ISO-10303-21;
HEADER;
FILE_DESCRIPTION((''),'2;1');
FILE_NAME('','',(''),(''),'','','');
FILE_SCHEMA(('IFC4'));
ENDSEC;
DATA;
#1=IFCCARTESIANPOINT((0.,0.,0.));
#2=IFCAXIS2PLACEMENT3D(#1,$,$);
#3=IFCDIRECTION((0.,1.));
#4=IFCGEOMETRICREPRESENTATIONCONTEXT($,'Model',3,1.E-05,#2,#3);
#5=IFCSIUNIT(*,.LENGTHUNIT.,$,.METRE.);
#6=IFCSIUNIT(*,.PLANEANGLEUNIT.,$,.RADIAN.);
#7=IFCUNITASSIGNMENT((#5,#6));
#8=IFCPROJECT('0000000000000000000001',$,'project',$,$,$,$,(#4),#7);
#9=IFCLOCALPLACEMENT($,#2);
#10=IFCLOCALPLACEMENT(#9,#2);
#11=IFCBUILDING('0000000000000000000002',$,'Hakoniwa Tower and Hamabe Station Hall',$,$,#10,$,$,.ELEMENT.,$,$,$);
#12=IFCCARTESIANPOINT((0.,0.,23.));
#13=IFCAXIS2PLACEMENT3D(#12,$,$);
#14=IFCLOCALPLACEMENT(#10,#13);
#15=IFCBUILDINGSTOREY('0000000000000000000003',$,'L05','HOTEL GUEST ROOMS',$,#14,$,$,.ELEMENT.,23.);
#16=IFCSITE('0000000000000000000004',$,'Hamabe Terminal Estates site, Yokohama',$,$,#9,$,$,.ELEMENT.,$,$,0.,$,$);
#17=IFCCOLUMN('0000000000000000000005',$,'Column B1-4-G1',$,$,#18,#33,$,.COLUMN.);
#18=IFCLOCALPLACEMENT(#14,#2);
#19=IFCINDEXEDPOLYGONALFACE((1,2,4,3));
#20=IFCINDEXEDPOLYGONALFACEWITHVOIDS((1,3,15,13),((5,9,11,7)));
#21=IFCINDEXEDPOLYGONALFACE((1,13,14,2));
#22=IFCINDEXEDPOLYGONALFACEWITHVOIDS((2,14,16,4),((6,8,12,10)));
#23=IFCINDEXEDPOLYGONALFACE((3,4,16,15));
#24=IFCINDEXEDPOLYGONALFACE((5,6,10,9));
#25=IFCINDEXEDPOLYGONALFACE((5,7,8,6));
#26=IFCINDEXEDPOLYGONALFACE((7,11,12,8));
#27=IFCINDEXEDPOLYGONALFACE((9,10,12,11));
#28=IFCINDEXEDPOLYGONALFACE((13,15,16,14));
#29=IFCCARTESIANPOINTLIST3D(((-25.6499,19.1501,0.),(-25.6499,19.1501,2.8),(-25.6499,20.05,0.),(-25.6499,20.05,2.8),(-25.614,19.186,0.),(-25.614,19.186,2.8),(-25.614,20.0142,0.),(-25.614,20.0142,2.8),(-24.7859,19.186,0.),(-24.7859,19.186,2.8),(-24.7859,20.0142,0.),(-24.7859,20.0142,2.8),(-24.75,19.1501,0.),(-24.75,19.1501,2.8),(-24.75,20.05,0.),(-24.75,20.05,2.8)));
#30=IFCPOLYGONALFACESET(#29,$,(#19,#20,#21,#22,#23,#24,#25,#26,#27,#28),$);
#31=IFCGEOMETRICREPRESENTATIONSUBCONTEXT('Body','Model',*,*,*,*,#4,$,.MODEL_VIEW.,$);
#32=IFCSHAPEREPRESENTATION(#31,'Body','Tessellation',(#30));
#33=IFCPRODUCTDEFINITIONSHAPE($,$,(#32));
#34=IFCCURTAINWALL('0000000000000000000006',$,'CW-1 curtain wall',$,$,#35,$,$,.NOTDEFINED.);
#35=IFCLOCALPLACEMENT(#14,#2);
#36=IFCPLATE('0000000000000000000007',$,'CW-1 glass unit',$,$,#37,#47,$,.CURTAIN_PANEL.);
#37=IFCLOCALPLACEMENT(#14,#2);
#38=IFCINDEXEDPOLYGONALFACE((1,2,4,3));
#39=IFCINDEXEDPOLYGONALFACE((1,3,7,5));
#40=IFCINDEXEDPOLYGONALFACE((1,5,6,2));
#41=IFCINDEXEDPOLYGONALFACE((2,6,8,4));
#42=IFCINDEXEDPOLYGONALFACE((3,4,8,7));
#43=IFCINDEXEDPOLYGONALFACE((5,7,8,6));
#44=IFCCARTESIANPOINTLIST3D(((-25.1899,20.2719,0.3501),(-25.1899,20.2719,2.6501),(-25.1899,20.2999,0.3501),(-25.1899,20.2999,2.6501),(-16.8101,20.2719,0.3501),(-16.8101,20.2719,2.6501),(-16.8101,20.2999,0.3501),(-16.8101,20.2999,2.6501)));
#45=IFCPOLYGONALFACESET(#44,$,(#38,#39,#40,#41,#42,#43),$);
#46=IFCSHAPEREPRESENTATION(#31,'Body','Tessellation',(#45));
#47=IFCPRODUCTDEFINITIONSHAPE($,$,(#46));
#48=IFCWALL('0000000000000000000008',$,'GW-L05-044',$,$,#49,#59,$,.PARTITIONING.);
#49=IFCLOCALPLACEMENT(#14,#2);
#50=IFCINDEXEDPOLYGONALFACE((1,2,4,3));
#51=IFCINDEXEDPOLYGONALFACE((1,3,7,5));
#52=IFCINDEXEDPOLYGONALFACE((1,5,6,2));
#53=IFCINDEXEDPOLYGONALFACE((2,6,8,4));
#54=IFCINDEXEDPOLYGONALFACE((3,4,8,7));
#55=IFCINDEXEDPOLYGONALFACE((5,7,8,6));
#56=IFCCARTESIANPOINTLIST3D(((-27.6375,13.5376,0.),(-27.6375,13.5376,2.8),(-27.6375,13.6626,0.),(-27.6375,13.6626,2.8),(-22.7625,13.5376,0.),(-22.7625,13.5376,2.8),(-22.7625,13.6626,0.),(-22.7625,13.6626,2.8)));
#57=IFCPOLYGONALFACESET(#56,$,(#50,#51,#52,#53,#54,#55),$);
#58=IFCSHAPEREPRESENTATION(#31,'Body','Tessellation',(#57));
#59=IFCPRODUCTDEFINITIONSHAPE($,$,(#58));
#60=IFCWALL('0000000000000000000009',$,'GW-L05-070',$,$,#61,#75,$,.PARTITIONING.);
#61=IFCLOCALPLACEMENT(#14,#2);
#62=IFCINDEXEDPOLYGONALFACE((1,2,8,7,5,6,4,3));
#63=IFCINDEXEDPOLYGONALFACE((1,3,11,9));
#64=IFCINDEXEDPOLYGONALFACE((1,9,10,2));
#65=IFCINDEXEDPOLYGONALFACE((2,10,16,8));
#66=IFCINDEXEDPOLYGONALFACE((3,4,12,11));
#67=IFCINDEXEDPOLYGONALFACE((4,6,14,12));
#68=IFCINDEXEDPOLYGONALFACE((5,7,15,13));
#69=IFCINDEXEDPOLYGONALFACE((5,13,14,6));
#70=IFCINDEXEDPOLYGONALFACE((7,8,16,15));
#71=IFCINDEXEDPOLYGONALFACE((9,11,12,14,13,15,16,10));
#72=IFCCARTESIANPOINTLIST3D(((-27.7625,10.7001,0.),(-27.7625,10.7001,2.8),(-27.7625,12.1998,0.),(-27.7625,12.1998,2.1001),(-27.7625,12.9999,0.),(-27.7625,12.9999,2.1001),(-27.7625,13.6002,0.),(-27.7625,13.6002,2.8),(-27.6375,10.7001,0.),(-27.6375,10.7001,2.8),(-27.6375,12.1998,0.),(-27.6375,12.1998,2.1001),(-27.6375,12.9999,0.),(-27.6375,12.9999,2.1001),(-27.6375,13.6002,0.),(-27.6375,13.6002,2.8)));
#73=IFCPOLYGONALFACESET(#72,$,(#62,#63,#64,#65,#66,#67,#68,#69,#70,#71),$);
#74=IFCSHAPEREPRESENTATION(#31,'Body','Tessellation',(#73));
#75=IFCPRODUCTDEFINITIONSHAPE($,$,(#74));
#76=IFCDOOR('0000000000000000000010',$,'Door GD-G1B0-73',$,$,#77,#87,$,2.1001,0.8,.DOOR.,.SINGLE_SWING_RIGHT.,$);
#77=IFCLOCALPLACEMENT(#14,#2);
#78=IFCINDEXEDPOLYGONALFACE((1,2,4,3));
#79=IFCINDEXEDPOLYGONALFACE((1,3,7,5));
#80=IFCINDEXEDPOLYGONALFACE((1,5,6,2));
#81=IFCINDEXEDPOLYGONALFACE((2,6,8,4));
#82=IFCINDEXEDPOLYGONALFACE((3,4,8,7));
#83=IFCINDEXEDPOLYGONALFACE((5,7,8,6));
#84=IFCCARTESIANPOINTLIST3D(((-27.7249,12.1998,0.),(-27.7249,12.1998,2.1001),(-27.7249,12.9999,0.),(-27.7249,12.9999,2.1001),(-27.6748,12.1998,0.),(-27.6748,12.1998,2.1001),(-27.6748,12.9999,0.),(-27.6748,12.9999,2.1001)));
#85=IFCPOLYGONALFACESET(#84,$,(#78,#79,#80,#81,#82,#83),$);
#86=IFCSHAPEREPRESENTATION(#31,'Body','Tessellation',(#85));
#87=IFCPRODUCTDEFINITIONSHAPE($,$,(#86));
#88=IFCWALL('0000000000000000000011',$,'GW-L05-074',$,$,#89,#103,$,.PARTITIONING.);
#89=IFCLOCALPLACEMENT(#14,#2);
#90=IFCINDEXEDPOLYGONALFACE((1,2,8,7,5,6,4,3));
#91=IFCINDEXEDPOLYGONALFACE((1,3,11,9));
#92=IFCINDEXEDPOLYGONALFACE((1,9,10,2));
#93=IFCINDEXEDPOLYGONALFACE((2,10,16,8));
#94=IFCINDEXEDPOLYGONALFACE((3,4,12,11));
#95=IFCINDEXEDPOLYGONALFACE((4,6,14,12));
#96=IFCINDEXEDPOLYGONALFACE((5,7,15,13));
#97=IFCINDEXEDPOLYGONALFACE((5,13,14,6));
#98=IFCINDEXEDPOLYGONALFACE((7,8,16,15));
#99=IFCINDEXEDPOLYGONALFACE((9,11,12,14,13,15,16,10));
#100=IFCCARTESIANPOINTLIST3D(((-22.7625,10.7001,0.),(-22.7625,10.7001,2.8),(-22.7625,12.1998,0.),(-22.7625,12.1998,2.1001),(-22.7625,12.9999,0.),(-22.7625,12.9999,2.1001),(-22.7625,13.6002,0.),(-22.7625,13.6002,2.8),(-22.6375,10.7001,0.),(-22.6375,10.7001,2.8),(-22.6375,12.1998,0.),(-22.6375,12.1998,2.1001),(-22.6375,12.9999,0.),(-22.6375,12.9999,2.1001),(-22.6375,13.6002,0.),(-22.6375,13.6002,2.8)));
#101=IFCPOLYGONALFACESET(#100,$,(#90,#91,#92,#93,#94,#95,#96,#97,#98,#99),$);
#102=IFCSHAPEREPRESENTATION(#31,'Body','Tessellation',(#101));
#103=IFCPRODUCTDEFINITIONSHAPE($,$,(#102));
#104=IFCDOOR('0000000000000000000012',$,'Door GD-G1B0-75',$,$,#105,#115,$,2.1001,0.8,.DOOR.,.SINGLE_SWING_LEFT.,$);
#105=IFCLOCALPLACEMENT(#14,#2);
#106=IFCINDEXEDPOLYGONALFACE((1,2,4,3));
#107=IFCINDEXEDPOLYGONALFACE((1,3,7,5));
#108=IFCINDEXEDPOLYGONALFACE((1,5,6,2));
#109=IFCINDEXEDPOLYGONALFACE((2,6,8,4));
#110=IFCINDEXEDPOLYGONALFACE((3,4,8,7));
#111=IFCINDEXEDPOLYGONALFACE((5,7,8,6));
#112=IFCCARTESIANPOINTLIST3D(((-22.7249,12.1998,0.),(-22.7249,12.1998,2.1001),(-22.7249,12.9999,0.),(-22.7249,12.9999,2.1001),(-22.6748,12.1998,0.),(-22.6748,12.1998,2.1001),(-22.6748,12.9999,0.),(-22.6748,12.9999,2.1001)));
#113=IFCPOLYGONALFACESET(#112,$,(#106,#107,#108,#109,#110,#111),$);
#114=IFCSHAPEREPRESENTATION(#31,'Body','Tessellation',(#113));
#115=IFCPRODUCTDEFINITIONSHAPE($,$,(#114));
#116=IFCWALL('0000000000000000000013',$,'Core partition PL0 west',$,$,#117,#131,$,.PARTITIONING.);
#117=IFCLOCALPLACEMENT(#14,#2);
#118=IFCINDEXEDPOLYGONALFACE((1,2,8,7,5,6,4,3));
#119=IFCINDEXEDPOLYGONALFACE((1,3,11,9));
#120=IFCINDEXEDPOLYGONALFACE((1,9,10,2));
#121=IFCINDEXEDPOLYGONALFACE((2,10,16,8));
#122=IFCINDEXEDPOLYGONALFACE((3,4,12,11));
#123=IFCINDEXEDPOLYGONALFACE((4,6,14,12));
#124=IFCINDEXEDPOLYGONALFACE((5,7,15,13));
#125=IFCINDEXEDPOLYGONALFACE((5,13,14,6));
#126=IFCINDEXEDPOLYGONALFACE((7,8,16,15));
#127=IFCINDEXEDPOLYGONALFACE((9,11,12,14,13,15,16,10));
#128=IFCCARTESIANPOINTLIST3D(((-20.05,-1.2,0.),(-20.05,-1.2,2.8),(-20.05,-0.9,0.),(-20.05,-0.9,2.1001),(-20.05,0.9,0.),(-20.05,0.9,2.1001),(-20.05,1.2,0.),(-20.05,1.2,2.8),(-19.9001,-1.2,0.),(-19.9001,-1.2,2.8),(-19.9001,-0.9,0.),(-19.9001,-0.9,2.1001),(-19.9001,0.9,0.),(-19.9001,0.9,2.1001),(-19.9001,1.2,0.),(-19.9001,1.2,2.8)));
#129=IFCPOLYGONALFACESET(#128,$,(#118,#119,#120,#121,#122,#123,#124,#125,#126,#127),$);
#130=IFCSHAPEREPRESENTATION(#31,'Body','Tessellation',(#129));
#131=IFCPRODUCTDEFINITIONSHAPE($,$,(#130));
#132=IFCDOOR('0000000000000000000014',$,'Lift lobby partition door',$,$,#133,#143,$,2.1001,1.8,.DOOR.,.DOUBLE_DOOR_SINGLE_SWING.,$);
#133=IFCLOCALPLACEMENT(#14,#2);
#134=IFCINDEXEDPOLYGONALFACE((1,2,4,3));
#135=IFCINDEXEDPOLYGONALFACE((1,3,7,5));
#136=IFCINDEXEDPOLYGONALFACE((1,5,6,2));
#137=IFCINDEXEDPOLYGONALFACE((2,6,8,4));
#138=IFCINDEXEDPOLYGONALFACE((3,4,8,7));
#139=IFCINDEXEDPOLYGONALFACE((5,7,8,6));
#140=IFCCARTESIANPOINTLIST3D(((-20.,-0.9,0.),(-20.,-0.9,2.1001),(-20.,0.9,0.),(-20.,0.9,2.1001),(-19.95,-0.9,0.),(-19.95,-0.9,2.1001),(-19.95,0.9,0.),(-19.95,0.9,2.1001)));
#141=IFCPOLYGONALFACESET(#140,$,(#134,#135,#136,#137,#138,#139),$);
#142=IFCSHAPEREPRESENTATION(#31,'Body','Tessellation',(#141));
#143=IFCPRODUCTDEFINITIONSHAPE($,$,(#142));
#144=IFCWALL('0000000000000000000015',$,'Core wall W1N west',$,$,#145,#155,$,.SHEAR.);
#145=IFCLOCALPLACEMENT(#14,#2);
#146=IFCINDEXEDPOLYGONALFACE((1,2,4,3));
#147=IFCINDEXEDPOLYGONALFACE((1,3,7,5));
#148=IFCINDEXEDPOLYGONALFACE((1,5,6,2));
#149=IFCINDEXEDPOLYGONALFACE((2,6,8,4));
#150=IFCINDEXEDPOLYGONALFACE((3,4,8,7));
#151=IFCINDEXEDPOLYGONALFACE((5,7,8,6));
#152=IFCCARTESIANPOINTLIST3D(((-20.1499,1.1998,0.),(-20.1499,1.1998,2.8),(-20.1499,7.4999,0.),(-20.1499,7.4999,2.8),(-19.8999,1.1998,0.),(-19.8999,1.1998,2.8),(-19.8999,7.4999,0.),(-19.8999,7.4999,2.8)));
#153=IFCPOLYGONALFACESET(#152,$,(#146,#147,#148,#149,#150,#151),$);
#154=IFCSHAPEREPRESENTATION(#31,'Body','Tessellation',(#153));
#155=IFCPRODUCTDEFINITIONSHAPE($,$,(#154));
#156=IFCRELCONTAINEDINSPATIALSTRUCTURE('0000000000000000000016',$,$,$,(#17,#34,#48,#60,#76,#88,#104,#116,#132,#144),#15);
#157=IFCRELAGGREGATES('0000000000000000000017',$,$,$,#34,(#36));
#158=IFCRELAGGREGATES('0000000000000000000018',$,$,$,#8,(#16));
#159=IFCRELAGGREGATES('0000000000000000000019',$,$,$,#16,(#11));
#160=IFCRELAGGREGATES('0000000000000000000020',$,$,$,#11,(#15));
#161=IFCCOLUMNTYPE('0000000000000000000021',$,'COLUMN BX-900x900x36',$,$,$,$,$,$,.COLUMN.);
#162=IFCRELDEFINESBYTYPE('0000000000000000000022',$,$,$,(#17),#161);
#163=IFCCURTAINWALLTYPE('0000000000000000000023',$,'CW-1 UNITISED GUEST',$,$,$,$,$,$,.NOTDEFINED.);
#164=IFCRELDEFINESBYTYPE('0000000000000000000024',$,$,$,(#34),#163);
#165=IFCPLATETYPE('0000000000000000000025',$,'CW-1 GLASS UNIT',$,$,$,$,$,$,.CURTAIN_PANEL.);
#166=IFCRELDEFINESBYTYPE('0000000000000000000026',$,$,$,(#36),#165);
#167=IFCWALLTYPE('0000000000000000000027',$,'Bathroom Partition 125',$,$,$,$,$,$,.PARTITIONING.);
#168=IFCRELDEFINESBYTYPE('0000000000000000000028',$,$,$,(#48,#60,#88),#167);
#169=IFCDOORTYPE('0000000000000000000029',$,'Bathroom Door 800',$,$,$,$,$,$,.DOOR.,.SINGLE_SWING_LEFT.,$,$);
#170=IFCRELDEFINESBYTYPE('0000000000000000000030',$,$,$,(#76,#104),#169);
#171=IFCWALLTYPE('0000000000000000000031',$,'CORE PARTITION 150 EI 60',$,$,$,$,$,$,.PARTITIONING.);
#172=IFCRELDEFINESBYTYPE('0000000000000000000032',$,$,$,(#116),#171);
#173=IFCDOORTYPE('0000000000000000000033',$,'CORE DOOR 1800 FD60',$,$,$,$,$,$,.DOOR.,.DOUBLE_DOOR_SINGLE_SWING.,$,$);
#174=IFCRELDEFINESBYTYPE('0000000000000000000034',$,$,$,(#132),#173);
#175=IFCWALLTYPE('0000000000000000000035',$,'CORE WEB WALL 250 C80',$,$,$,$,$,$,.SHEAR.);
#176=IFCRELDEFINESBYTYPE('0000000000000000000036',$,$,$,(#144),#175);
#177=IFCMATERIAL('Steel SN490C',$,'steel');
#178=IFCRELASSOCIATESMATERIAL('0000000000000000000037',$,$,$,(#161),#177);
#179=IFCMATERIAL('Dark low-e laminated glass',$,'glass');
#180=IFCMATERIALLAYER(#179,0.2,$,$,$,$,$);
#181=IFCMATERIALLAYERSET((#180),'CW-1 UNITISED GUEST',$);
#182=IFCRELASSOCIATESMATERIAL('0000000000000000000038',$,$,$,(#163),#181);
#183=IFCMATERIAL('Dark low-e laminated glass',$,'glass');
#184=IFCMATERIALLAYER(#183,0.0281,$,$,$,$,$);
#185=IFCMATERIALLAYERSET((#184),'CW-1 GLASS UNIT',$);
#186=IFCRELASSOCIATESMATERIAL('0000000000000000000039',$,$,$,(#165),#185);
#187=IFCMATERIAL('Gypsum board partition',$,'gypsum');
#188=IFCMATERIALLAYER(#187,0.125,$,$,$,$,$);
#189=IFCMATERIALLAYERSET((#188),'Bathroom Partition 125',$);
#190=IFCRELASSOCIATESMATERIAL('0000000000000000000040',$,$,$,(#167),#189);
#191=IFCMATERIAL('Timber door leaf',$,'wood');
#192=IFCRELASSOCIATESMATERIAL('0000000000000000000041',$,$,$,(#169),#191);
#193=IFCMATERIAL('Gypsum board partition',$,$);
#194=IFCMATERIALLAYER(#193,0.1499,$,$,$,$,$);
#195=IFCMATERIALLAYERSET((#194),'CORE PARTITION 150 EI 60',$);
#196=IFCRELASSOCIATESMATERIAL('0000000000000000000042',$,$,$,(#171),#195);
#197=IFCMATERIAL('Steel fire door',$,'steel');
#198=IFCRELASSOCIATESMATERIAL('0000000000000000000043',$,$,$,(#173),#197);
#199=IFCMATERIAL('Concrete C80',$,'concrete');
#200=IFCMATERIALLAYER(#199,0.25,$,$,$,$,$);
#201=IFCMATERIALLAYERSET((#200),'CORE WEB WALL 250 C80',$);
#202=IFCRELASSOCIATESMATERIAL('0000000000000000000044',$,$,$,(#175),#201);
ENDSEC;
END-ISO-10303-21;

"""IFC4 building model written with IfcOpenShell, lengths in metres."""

from ifc_helpers import new_model, si_unit, direction, frame, frame_2d, origin, origin_2d, place, context, subcontext, project, spatial, rectangle, hollow_rectangle, extrude, material, layer, layer_set, material_profile, profile_set, type_object, element, fill, aggregate, save


model = new_model("IFC4")

# Units and contexts
model_context = context("Model", 3, precision=1e-05, world=origin(), true_north=direction((0.0, 1.0)))
body_context = subcontext(model_context, "Body", "Model", "MODEL_VIEW")
ifc_project = project(units=[si_unit("LENGTHUNIT", "METRE"), si_unit("PLANEANGLEUNIT", "RADIAN")], contexts=[model_context])

# Site, building, storey
site_placement = place(None, origin())
site = spatial("IfcSite", under=ifc_project, at=site_placement, Name="Hamabe Terminal Estates site, Yokohama", CompositionType="ELEMENT", RefElevation=0.0)
building_placement = place(site_placement, origin())
building = spatial("IfcBuilding", under=site, at=building_placement, Name="Hakoniwa Tower and Hamabe Station Hall", CompositionType="ELEMENT")
storey_placement = place(building_placement, frame((0.0, 0.0, 23.0)))
storey = spatial("IfcBuildingStorey", under=building, at=storey_placement, Name="L05", Description="HOTEL GUEST ROOMS", CompositionType="ELEMENT", Elevation=23.0)

# Column
ifc_material_1 = material(Name="Steel SN490C", Category="steel")
ifc_material_profile = material_profile(ifc_material_1, hollow_rectangle(XDim=0.8999, YDim=0.8999, WallThickness=0.0359, at=origin_2d()), Name="BX-900x900x36")
ifc_profile_set = profile_set([ifc_material_profile], Name="Steel SN490C")
column_type = type_object("IfcColumnType", Name="COLUMN BX-900x900x36", PredefinedType="COLUMN", material=ifc_profile_set)
column_placement = place(storey_placement, frame((-25.2, 19.6001, 0.0), z_axis=(0.0, 0.0, 1.0), x_axis=(1.0, 0.0, 0.0)))
element("IfcColumn", 1, at=column_placement, inside=storey, type_object=column_type, Name="Column B1-4-G1", PredefinedType="COLUMN", context=body_context, shape_type="SweptSolid", body=[
    extrude(hollow_rectangle(XDim=0.8999, YDim=0.8999, WallThickness=0.0359, at=origin_2d()), origin(), (0.0, 0.0, 1.0), 2.8),
])

# Curtain wall, plate
ifc_material_2 = material(Name="Dark low-e laminated glass", Category="glass")
ifc_layer_1 = layer(ifc_material_2, 0.2)
ifc_layer_set_1 = layer_set([ifc_layer_1], Name="CW-1 UNITISED GUEST")
curtain_wall_type = type_object("IfcCurtainWallType", Name="CW-1 UNITISED GUEST", PredefinedType="NOTDEFINED", material=ifc_layer_set_1)
curtain_wall_placement = place(storey_placement, origin())
curtain_wall = element("IfcCurtainWall", 2, at=curtain_wall_placement, inside=storey, type_object=curtain_wall_type, Name="CW-1 curtain wall", PredefinedType="NOTDEFINED")
ifc_material_3 = material(Name="Dark low-e laminated glass", Category="glass")
ifc_layer_2 = layer(ifc_material_3, 0.0281)
ifc_layer_set_2 = layer_set([ifc_layer_2], Name="CW-1 GLASS UNIT")
plate_type = type_object("IfcPlateType", Name="CW-1 GLASS UNIT", PredefinedType="CURTAIN_PANEL", material=ifc_layer_set_2)
plate_placement = place(storey_placement, frame((-21.0, 20.2859, 0.3501), z_axis=(0.0, 0.0, 1.0), x_axis=(-1.0, 0.0, 0.0)))
plate = element("IfcPlate", 3, at=plate_placement, type_object=plate_type, Name="CW-1 glass unit", PredefinedType="CURTAIN_PANEL", context=body_context, shape_type="SweptSolid", body=[
    extrude(rectangle(XDim=8.3799, YDim=0.0281, at=origin_2d()), origin(), (0.0, 0.0, 1.0), 2.3),
])
aggregate(curtain_wall, [plate])

# Wall
ifc_material_4 = material(Name="Gypsum board partition", Category="gypsum")
ifc_layer_3 = layer(ifc_material_4, 0.125)
ifc_layer_set_3 = layer_set([ifc_layer_3], Name="Bathroom Partition 125")
wall_type_1 = type_object("IfcWallType", Name="Bathroom Partition 125", PredefinedType="PARTITIONING", material=ifc_layer_set_3)
wall_1_placement = place(storey_placement, frame((-27.6375, 13.6001, 0.0), z_axis=(0.0, 0.0, 1.0), x_axis=(1.0, 0.0, 0.0)))
element("IfcWall", 4, at=wall_1_placement, inside=storey, type_object=wall_type_1, Name="GW-L05-044", PredefinedType="PARTITIONING", context=body_context, shape_type="SweptSolid", body=[
    extrude(rectangle(XDim=4.875, YDim=0.125, at=frame_2d((2.4375, 0.0))), origin(), (0.0, 0.0, 1.0), 2.8),
])

# Walls, openings, doors
wall_2_placement = place(storey_placement, frame((-27.7, 10.7, 0.0), z_axis=(0.0, 0.0, 1.0), x_axis=(0.0, 1.0, 0.0)))
wall_2 = element("IfcWall", 5, at=wall_2_placement, inside=storey, type_object=wall_type_1, Name="GW-L05-070", PredefinedType="PARTITIONING", context=body_context, shape_type="SweptSolid", body=[
    extrude(rectangle(XDim=2.9001, YDim=0.125, at=frame_2d((1.4502, 0.0))), origin(), (0.0, 0.0, 1.0), 2.8),
])
opening_1_placement = place(wall_2_placement, frame((1.5, 0.0, 0.0)))
opening_1 = element("IfcOpeningElement", 6, at=opening_1_placement, cuts=wall_2, PredefinedType="OPENING", context=body_context, shape_type="SweptSolid", body=[
    extrude(rectangle(XDim=0.8, YDim=2.1001, at=frame_2d((0.3999, 1.05))), frame((0.0, 0.0725, 0.0), z_axis=(0.0, -1.0, 0.0), x_axis=(1.0, 0.0, 0.0)), (0.0, 0.0, 1.0), 0.145),
])
ifc_material_5 = material(Name="Timber door leaf", Category="wood")
door_type_1 = type_object("IfcDoorType", Name="Bathroom Door 800", OperationType="SINGLE_SWING_LEFT", PredefinedType="DOOR", material=ifc_material_5)
door_1_placement = place(opening_1_placement, origin())
door_1 = element("IfcDoor", 7, at=door_1_placement, inside=storey, type_object=door_type_1, Name="Door GD-G1B0-73", OperationType="SINGLE_SWING_RIGHT", OverallHeight=2.1001, OverallWidth=0.8, PredefinedType="DOOR", context=body_context, shape_type="SweptSolid", body=[
    extrude(rectangle(XDim=0.8, YDim=2.1001, at=frame_2d((0.3999, 1.05))), frame((0.0, 0.0249, 0.0), z_axis=(0.0, -1.0, 0.0), x_axis=(1.0, 0.0, 0.0)), (0.0, 0.0, 1.0), 0.05),
])
fill(opening_1, door_1)
wall_3_placement = place(storey_placement, frame((-22.7, 10.7, 0.0), z_axis=(0.0, 0.0, 1.0), x_axis=(0.0, 1.0, 0.0)))
wall_3 = element("IfcWall", 8, at=wall_3_placement, inside=storey, type_object=wall_type_1, Name="GW-L05-074", PredefinedType="PARTITIONING", context=body_context, shape_type="SweptSolid", body=[
    extrude(rectangle(XDim=2.9001, YDim=0.125, at=frame_2d((1.4502, 0.0))), origin(), (0.0, 0.0, 1.0), 2.8),
])
opening_2_placement = place(wall_3_placement, frame((1.5, 0.0, 0.0)))
opening_2 = element("IfcOpeningElement", 9, at=opening_2_placement, cuts=wall_3, PredefinedType="OPENING", context=body_context, shape_type="SweptSolid", body=[
    extrude(rectangle(XDim=0.8, YDim=2.1001, at=frame_2d((0.3999, 1.05))), frame((0.0, 0.0725, 0.0), z_axis=(0.0, -1.0, 0.0), x_axis=(1.0, 0.0, 0.0)), (0.0, 0.0, 1.0), 0.145),
])
door_2_placement = place(opening_2_placement, origin())
door_2 = element("IfcDoor", 10, at=door_2_placement, inside=storey, type_object=door_type_1, Name="Door GD-G1B0-75", OperationType="SINGLE_SWING_LEFT", OverallHeight=2.1001, OverallWidth=0.8, PredefinedType="DOOR", context=body_context, shape_type="SweptSolid", body=[
    extrude(rectangle(XDim=0.8, YDim=2.1001, at=frame_2d((0.3999, 1.05))), frame((0.0, 0.0249, 0.0), z_axis=(0.0, -1.0, 0.0), x_axis=(1.0, 0.0, 0.0)), (0.0, 0.0, 1.0), 0.05),
])
fill(opening_2, door_2)
ifc_material_6 = material(Name="Gypsum board partition")
ifc_layer_4 = layer(ifc_material_6, 0.1499)
ifc_layer_set_4 = layer_set([ifc_layer_4], Name="CORE PARTITION 150 EI 60")
wall_type_2 = type_object("IfcWallType", Name="CORE PARTITION 150 EI 60", PredefinedType="PARTITIONING", material=ifc_layer_set_4)
wall_4_placement = place(storey_placement, frame((-19.9751, -1.2, 0.0), z_axis=(0.0, 0.0, 1.0), x_axis=(0.0, 1.0, 0.0)))
wall_4 = element("IfcWall", 11, at=wall_4_placement, inside=storey, type_object=wall_type_2, Name="Core partition PL0 west", PredefinedType="PARTITIONING", context=body_context, shape_type="SweptSolid", body=[
    extrude(rectangle(XDim=2.3999, YDim=0.1499, at=frame_2d((1.2, 0.0))), origin(), (0.0, 0.0, 1.0), 2.8),
])
opening_3_placement = place(wall_4_placement, frame((0.3, 0.0, 0.0)))
opening_3 = element("IfcOpeningElement", 12, at=opening_3_placement, cuts=wall_4, PredefinedType="OPENING", context=body_context, shape_type="SweptSolid", body=[
    extrude(rectangle(XDim=1.8, YDim=2.1001, at=frame_2d((0.8999, 1.05))), frame((0.0, 0.085, 0.0), z_axis=(0.0, -1.0, 0.0), x_axis=(1.0, 0.0, 0.0)), (0.0, 0.0, 1.0), 0.1699),
])
ifc_material_7 = material(Name="Steel fire door", Category="steel")
door_type_2 = type_object("IfcDoorType", Name="CORE DOOR 1800 FD60", OperationType="DOUBLE_DOOR_SINGLE_SWING", PredefinedType="DOOR", material=ifc_material_7)
door_3_placement = place(opening_3_placement, origin())
door_3 = element("IfcDoor", 13, at=door_3_placement, inside=storey, type_object=door_type_2, Name="Lift lobby partition door", OperationType="DOUBLE_DOOR_SINGLE_SWING", OverallHeight=2.1001, OverallWidth=1.8, PredefinedType="DOOR", context=body_context, shape_type="SweptSolid", body=[
    extrude(rectangle(XDim=1.8, YDim=2.1001, at=frame_2d((0.8999, 1.05))), frame((0.0, 0.0249, 0.0), z_axis=(0.0, -1.0, 0.0), x_axis=(1.0, 0.0, 0.0)), (0.0, 0.0, 1.0), 0.05),
])
fill(opening_3, door_3)

# Wall
ifc_material_8 = material(Name="Concrete C80", Category="concrete")
ifc_layer_5 = layer(ifc_material_8, 0.25)
ifc_layer_set_5 = layer_set([ifc_layer_5], Name="CORE WEB WALL 250 C80")
wall_type_3 = type_object("IfcWallType", Name="CORE WEB WALL 250 C80", PredefinedType="SHEAR", material=ifc_layer_set_5)
wall_5_placement = place(storey_placement, frame((-20.0249, 1.2, 0.0), z_axis=(0.0, 0.0, 1.0), x_axis=(0.0, 1.0, 0.0)))
element("IfcWall", 14, at=wall_5_placement, inside=storey, type_object=wall_type_3, Name="Core wall W1N west", PredefinedType="SHEAR", context=body_context, shape_type="SweptSolid", body=[
    extrude(rectangle(XDim=6.3, YDim=0.25, at=frame_2d((3.1499, 0.0))), origin(), (0.0, 0.0, 1.0), 2.8),
])

save(model, "model.ifc")
